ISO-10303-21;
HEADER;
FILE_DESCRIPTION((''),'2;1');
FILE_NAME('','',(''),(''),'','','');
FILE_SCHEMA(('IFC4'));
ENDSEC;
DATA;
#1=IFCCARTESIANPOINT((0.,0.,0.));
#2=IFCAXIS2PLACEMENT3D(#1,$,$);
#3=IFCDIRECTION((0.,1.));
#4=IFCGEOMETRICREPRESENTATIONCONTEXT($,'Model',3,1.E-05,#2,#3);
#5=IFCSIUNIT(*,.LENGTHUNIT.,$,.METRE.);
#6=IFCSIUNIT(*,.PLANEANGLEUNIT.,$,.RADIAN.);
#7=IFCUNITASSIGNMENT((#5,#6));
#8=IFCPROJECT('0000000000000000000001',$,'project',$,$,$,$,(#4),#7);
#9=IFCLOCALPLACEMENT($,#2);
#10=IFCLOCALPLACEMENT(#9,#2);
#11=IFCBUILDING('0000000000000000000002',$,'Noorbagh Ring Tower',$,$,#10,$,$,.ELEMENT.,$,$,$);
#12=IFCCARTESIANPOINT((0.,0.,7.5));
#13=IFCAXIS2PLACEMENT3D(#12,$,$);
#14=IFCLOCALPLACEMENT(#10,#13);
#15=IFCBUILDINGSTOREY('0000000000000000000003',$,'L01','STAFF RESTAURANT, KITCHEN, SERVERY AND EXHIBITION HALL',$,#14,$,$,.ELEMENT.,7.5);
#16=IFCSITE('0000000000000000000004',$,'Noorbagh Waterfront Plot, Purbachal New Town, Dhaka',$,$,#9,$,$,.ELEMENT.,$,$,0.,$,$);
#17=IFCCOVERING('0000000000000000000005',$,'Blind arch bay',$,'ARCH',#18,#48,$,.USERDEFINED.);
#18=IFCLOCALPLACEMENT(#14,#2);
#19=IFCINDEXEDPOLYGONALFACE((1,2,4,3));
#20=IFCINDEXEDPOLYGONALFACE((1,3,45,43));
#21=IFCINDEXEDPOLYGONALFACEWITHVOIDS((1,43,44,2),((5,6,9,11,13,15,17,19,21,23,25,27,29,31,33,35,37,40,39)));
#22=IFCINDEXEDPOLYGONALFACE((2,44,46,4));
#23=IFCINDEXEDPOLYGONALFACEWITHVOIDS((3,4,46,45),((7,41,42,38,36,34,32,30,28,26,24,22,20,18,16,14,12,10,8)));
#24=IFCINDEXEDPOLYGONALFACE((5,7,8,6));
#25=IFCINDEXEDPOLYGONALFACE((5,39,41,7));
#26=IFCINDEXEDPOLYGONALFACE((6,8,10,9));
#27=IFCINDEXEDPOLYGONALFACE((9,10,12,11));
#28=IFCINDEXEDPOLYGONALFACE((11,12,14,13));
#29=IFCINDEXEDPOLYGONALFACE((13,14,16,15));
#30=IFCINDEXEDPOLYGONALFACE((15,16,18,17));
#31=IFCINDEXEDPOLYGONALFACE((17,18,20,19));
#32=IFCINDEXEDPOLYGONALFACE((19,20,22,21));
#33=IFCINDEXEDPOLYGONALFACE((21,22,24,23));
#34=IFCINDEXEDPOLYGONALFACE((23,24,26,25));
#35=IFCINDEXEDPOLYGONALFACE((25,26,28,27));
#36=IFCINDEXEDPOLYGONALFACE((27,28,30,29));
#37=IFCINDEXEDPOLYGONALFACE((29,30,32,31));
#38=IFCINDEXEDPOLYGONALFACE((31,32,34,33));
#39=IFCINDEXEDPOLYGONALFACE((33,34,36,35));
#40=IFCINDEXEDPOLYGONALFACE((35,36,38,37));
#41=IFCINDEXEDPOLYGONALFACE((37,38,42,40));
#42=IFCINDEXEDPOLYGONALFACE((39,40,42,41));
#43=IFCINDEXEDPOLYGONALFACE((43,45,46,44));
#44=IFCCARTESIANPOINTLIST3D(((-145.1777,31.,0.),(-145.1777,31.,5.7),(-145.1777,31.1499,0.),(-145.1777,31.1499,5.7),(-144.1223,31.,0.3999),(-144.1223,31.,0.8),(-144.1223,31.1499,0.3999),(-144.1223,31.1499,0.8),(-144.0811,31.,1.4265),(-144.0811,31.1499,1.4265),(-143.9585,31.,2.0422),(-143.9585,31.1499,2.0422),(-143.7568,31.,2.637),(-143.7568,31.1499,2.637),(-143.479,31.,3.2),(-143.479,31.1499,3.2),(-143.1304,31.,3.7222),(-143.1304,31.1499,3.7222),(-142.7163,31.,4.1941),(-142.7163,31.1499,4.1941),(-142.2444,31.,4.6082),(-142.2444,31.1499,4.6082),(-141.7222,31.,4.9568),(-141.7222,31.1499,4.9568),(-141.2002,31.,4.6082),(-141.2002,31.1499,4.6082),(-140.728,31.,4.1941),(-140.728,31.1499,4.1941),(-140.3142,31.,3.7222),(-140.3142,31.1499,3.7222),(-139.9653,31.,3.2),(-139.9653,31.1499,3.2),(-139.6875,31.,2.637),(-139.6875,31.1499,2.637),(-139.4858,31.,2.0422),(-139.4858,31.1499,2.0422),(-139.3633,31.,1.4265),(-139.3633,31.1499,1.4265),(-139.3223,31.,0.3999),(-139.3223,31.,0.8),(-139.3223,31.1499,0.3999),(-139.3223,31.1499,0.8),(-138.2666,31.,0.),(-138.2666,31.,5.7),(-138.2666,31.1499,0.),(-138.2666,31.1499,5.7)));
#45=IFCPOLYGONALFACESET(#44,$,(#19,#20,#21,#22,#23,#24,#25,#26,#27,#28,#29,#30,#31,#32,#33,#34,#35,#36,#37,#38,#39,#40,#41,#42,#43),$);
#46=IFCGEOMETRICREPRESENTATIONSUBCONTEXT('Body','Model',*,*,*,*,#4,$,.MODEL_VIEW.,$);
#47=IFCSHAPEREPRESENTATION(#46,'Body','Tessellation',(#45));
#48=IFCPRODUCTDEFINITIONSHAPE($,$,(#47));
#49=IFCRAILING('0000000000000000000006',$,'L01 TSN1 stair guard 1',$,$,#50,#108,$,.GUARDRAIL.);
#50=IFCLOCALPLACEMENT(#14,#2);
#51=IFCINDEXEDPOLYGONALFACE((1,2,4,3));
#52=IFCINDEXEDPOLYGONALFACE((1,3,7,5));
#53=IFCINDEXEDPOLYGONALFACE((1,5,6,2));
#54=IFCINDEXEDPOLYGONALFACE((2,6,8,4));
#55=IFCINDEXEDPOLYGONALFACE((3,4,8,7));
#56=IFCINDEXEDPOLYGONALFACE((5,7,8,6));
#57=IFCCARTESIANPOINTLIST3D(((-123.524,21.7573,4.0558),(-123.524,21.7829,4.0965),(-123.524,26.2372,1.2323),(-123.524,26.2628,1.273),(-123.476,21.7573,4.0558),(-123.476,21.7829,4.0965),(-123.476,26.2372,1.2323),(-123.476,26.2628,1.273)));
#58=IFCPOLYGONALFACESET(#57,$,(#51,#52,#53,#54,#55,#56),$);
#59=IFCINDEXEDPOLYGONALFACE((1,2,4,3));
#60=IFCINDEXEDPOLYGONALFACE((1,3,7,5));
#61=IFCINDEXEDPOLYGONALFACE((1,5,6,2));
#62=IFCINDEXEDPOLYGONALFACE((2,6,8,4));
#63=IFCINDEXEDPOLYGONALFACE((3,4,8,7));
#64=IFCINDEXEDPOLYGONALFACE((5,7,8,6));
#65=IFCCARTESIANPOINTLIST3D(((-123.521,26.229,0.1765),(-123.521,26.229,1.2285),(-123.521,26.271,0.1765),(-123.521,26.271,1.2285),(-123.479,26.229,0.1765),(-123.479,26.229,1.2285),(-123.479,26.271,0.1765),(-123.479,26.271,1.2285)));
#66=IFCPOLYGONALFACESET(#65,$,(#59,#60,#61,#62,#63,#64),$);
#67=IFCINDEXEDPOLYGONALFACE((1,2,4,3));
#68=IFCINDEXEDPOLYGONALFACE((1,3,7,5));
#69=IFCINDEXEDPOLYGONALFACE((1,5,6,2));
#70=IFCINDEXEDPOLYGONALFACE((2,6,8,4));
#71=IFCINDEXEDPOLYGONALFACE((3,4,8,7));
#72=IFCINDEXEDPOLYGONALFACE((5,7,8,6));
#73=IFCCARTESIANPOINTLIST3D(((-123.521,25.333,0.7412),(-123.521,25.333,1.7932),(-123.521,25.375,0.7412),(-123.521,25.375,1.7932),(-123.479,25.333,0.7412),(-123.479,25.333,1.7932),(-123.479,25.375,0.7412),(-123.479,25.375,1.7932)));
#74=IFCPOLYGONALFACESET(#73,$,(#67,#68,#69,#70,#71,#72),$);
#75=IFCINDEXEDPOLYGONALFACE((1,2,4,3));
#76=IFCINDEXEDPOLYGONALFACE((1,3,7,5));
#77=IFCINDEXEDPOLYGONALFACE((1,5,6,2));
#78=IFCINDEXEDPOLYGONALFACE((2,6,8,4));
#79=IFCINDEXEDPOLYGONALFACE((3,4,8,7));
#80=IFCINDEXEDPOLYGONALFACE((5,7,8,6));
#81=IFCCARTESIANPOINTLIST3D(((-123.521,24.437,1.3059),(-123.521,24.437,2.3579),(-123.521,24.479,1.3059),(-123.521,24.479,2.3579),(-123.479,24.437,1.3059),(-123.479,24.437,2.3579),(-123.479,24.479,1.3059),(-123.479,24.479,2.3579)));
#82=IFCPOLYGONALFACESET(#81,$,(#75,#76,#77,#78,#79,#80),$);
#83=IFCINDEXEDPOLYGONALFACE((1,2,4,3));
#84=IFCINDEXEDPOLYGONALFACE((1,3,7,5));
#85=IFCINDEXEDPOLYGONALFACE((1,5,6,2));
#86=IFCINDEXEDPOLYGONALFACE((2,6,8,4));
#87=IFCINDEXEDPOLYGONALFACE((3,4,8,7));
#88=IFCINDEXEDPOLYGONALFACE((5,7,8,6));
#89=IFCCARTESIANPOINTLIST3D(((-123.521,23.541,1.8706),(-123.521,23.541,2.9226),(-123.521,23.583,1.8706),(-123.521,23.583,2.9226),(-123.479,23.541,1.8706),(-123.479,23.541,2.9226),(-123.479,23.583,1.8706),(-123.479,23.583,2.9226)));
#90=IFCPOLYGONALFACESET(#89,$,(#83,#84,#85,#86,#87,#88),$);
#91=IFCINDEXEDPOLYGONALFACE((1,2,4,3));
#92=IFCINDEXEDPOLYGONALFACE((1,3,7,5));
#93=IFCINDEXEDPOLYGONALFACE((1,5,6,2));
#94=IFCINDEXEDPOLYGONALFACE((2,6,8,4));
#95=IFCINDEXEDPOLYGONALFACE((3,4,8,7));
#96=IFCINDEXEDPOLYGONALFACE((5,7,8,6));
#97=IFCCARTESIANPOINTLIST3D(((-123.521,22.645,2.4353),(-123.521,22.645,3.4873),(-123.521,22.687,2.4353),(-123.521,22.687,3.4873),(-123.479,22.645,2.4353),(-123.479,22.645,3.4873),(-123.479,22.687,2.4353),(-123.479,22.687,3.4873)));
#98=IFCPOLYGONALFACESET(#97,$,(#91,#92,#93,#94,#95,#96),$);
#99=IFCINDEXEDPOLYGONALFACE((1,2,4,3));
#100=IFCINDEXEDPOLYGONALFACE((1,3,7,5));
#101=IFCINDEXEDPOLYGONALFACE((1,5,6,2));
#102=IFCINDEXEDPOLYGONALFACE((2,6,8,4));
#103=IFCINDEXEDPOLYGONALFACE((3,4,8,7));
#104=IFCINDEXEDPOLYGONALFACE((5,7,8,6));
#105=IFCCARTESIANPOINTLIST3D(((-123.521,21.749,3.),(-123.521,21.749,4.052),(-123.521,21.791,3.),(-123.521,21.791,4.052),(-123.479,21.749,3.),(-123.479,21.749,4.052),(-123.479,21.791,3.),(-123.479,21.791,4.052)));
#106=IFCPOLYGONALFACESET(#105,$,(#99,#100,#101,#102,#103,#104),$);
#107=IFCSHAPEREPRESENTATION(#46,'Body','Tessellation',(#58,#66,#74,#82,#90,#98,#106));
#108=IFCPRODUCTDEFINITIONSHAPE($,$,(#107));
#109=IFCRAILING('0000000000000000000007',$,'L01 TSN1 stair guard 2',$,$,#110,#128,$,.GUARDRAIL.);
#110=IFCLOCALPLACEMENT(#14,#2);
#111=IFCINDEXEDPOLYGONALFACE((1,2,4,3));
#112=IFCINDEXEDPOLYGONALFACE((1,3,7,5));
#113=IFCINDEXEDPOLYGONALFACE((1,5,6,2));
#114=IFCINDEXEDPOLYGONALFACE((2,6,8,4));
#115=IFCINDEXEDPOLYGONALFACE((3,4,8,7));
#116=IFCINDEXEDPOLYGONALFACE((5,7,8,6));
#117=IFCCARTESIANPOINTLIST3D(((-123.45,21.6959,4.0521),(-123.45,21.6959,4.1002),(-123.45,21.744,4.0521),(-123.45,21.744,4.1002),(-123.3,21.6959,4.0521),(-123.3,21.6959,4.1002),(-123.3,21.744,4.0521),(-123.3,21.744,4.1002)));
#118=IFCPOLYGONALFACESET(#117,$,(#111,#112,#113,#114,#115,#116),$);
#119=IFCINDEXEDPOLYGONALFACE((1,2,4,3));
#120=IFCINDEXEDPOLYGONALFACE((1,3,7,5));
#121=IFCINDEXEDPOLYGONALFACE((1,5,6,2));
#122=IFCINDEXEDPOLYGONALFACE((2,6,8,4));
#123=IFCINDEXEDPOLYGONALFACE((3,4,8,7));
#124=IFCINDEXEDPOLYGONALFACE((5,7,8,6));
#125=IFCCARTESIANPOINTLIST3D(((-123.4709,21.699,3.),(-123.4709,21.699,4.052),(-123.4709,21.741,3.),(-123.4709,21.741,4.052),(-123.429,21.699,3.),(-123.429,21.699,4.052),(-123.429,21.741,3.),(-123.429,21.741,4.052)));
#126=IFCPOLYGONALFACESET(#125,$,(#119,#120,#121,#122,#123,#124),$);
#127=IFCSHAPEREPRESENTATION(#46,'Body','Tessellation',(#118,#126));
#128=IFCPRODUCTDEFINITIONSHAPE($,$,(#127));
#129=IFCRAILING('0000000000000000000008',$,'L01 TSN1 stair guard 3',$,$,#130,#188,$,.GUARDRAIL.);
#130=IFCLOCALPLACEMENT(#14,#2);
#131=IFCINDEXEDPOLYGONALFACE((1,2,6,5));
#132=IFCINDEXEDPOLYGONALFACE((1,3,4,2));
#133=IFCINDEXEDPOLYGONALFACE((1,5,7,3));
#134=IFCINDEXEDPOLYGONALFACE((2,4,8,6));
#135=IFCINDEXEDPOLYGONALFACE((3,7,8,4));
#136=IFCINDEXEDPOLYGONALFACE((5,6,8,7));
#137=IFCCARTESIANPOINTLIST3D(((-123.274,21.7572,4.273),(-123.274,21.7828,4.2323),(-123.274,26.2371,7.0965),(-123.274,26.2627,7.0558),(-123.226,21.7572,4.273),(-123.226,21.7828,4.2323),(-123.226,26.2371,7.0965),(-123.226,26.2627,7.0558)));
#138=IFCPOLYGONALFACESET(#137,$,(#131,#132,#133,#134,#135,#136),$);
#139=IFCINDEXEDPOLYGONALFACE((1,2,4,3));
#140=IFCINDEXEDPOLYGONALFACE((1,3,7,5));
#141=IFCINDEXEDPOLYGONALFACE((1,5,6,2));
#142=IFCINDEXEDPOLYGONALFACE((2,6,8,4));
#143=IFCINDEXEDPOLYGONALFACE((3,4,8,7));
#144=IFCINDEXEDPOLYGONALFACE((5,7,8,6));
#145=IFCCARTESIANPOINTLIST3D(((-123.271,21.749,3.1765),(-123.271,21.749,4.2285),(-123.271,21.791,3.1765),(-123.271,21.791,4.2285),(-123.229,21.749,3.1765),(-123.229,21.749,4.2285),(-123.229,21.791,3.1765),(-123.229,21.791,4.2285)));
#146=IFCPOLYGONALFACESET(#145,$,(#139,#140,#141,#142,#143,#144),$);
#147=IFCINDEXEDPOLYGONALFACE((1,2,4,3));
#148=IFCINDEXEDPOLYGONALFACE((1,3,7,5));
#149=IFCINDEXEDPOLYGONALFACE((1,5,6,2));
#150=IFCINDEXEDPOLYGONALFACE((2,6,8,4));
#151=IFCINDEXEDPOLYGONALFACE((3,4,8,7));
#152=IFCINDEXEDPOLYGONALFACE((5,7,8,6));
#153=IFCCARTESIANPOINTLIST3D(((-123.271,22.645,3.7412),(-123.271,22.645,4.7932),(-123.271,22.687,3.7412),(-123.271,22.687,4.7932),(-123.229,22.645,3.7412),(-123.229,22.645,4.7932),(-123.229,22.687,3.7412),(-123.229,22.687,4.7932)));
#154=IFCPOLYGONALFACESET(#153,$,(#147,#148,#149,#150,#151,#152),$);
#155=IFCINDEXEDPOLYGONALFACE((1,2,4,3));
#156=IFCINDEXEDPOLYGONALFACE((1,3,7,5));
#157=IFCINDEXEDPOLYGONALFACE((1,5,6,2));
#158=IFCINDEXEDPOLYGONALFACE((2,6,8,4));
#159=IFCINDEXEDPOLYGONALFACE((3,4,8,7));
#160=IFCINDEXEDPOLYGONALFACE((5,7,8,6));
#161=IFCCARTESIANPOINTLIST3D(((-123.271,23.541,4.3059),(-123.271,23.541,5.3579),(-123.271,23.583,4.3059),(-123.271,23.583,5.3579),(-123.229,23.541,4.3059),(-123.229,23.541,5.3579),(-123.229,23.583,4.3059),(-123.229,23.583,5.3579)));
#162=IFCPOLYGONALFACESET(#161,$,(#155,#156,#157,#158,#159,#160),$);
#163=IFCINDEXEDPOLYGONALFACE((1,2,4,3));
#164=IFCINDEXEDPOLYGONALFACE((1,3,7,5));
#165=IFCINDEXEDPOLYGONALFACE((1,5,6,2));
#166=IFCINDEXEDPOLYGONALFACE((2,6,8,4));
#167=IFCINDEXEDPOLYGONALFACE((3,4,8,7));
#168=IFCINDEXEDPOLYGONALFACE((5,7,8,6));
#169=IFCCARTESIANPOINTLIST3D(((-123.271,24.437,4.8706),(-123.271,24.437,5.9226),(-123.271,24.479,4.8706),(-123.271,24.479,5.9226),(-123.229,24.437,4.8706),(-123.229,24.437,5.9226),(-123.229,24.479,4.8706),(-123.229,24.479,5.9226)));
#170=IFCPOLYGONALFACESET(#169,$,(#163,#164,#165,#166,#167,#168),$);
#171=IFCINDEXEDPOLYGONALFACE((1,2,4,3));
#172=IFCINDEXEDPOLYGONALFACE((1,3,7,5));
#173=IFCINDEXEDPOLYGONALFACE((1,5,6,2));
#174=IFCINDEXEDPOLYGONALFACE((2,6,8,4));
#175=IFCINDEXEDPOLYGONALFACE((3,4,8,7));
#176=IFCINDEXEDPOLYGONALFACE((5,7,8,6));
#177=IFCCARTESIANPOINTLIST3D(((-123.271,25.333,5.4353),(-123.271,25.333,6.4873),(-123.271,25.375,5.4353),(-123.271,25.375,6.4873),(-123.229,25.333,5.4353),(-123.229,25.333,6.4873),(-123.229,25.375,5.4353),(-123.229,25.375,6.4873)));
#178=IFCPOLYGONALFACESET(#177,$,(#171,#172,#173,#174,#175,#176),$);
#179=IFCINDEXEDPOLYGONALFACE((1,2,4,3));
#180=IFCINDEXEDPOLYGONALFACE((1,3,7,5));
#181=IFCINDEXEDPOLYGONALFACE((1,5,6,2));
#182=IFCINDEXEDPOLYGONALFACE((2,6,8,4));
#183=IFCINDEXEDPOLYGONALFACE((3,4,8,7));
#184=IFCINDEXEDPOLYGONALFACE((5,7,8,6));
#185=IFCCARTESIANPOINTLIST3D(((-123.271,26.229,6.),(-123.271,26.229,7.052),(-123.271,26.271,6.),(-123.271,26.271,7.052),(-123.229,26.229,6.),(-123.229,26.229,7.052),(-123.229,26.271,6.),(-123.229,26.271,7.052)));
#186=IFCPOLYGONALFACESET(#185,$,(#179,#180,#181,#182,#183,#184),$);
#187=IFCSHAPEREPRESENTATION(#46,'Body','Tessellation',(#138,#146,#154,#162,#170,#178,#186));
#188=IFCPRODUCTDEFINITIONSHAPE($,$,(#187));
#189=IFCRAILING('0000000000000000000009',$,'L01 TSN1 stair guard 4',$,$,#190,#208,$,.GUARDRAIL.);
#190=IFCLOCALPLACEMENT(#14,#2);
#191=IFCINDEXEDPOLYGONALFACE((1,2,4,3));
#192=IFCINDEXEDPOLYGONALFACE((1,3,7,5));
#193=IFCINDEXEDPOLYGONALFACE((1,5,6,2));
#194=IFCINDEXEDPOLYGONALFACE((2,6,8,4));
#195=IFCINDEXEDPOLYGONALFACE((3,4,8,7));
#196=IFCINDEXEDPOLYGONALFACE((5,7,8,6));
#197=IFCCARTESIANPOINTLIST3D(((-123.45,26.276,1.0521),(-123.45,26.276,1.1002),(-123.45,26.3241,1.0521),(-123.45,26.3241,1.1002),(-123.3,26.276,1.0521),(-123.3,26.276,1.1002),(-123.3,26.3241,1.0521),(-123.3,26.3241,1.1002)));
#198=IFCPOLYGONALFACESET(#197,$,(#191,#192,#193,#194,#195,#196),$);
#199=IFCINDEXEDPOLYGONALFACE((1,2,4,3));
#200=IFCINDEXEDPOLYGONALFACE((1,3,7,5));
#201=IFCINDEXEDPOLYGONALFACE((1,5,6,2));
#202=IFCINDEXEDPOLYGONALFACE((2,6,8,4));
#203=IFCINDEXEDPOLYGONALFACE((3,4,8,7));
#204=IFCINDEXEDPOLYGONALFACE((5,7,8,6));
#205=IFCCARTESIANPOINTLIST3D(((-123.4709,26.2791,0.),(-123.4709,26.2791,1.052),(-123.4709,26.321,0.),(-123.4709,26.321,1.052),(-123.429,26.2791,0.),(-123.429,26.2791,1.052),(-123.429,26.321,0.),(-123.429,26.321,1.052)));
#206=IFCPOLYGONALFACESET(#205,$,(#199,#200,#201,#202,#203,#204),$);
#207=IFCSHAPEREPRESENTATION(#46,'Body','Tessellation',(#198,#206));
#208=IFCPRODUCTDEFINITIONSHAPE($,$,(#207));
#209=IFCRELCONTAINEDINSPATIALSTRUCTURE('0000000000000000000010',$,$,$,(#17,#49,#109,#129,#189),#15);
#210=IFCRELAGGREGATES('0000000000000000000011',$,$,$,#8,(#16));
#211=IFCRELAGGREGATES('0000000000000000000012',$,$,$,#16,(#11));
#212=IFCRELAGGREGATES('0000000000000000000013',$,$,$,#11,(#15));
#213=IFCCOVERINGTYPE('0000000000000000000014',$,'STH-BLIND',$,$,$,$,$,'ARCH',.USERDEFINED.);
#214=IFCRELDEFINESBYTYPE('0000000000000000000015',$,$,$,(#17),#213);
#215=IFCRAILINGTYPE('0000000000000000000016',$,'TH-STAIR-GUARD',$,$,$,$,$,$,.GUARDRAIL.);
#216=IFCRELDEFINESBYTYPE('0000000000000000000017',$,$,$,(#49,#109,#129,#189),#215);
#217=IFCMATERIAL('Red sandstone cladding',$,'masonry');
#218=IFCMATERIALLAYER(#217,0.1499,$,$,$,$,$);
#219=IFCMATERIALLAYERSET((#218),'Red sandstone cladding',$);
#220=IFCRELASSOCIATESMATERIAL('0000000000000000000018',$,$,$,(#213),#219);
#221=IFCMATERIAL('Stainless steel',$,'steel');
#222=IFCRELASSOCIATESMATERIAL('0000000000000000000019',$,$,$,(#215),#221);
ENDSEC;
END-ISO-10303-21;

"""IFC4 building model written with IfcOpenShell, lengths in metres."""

from ifc_helpers import new_model, si_unit, direction, frame, origin, origin_2d, place, context, subcontext, project, spatial, polyline, rectangle, outline, extrude, material, layer, layer_set, type_object, element, save


model = new_model("IFC4")

# Units and contexts
model_context = context("Model", 3, precision=1e-05, world=origin(), true_north=direction((0.0, 1.0)))
body_context = subcontext(model_context, "Body", "Model", "MODEL_VIEW")
ifc_project = project(units=[si_unit("LENGTHUNIT", "METRE"), si_unit("PLANEANGLEUNIT", "RADIAN")], contexts=[model_context])

# Site, building, storey
site_placement = place(None, origin())
site = spatial("IfcSite", under=ifc_project, at=site_placement, Name="Noorbagh Waterfront Plot, Purbachal New Town, Dhaka", CompositionType="ELEMENT", RefElevation=0.0)
building_placement = place(site_placement, origin())
building = spatial("IfcBuilding", under=site, at=building_placement, Name="Noorbagh Ring Tower", CompositionType="ELEMENT")
storey_placement = place(building_placement, frame((0.0, 0.0, 7.5)))
storey = spatial("IfcBuildingStorey", under=building, at=storey_placement, Name="L01", Description="STAFF RESTAURANT, KITCHEN, SERVERY AND EXHIBITION HALL", CompositionType="ELEMENT", Elevation=7.5)

# Covering
ifc_material_1 = material(Name="Red sandstone cladding", Category="masonry")
ifc_layer_1 = layer(ifc_material_1, 0.1499)
ifc_layer_set_1 = layer_set([ifc_layer_1], Name="Red sandstone cladding")
covering_type = type_object("IfcCoveringType", Name="STH-BLIND", ElementType="ARCH", PredefinedType="USERDEFINED", material=ifc_layer_set_1)
for number, where, z_axis, x_axis, name in (
    (1, (-138.2666, 31.1499, 0.0), (0.0, 1.0, 0.0), (-1.0, 0.0, 0.0), "Blind arch bay"),
):
    element("IfcCovering", number, at=place(storey_placement, frame(where, z_axis=z_axis, x_axis=x_axis)), inside=storey, type_object=covering_type, Name=name, ObjectType="ARCH", PredefinedType="USERDEFINED", context=body_context, shape_type="SweptSolid", body=[
        extrude(outline(polyline([(0.0, 0.0), (6.9111, 0.0), (6.9111, 5.7), (0.0, 5.7), (0.0, 0.0)]), holes=[polyline([(1.0557, 0.3999), (1.0557, 0.8), (1.0967, 1.4265), (1.2192, 2.0422), (1.4209, 2.637), (1.6987, 3.2), (2.0476, 3.7222), (2.4614, 4.1941), (2.9336, 4.6082), (3.4556, 4.9568), (3.9778, 4.6082), (4.4497, 4.1941), (4.8638, 3.7222), (5.2124, 3.2), (5.4902, 2.637), (5.6919, 2.0422), (5.8145, 1.4265), (5.8557, 0.8), (5.8557, 0.3999), (1.0557, 0.3999)])]), origin(), (0.0, 0.0, -1.0), 0.1499),
    ])

# Railings
ifc_material_2 = material(Name="Stainless steel", Category="steel")
railing_type_1 = type_object("IfcRailingType", Name="TH-STAIR-GUARD", PredefinedType="GUARDRAIL", material=ifc_material_2)
railing_1_placement = place(storey_placement, frame((-123.5, 26.25, 0.1765)))
element("IfcRailing", 2, at=railing_1_placement, inside=storey, type_object=railing_type_1, Name="L01 TSN1 stair guard 1", PredefinedType="GUARDRAIL", context=body_context, shape_type="SweptSolid", body=[
    extrude(rectangle(XDim=0.0481, YDim=0.0481, at=origin_2d()), frame((0.0, 0.0, 1.0762), z_axis=(0.0, -0.845998, 0.533186), x_axis=(1.0, 0.0, 0.0)), (0.0, 0.0, 1.0), 5.2954),
    extrude(rectangle(XDim=0.042, YDim=0.042, at=origin_2d()), origin(), (0.0, 0.0, 1.0), 1.052),
    extrude(rectangle(XDim=0.042, YDim=0.042, at=origin_2d()), frame((0.0, -0.896, 0.5647)), (0.0, 0.0, 1.0), 1.052),
    extrude(rectangle(XDim=0.042, YDim=0.042, at=origin_2d()), frame((0.0, -1.792, 1.1294)), (0.0, 0.0, 1.0), 1.052),
    extrude(rectangle(XDim=0.042, YDim=0.042, at=origin_2d()), frame((0.0, -2.688, 1.6941)), (0.0, 0.0, 1.0), 1.052),
    extrude(rectangle(XDim=0.042, YDim=0.042, at=origin_2d()), frame((0.0, -3.584, 2.2588)), (0.0, 0.0, 1.0), 1.052),
    extrude(rectangle(XDim=0.042, YDim=0.042, at=origin_2d()), frame((0.0, -4.48, 2.8235)), (0.0, 0.0, 1.0), 1.052),
])
railing_2_placement = place(storey_placement, frame((-123.45, 21.72, 3.0)))
element("IfcRailing", 3, at=railing_2_placement, inside=storey, type_object=railing_type_1, Name="L01 TSN1 stair guard 2", PredefinedType="GUARDRAIL", context=body_context, shape_type="SweptSolid", body=[
    extrude(rectangle(XDim=0.0481, YDim=0.0481, at=origin_2d()), frame((0.0, 0.0, 1.0762), z_axis=(1.0, 0.0, 0.0), x_axis=(0.0, 1.0, 0.0)), (0.0, 0.0, 1.0), 0.1499),
    extrude(rectangle(XDim=0.042, YDim=0.042, at=origin_2d()), origin(), (0.0, 0.0, 1.0), 1.052),
])
railing_3_placement = place(storey_placement, frame((-123.25, 21.77, 3.1765)))
element("IfcRailing", 4, at=railing_3_placement, inside=storey, type_object=railing_type_1, Name="L01 TSN1 stair guard 3", PredefinedType="GUARDRAIL", context=body_context, shape_type="SweptSolid", body=[
    extrude(rectangle(XDim=0.0481, YDim=0.0481, at=origin_2d()), frame((0.0, 0.0, 1.0762), z_axis=(0.0, 0.845998, 0.533186), x_axis=(-1.0, 0.0, 0.0)), (0.0, 0.0, 1.0), 5.2954),
    extrude(rectangle(XDim=0.042, YDim=0.042, at=origin_2d()), origin(), (0.0, 0.0, 1.0), 1.052),
    extrude(rectangle(XDim=0.042, YDim=0.042, at=origin_2d()), frame((0.0, 0.896, 0.5647)), (0.0, 0.0, 1.0), 1.052),
    extrude(rectangle(XDim=0.042, YDim=0.042, at=origin_2d()), frame((0.0, 1.792, 1.1294)), (0.0, 0.0, 1.0), 1.052),
    extrude(rectangle(XDim=0.042, YDim=0.042, at=origin_2d()), frame((0.0, 2.688, 1.6941)), (0.0, 0.0, 1.0), 1.052),
    extrude(rectangle(XDim=0.042, YDim=0.042, at=origin_2d()), frame((0.0, 3.584, 2.2588)), (0.0, 0.0, 1.0), 1.052),
    extrude(rectangle(XDim=0.042, YDim=0.042, at=origin_2d()), frame((0.0, 4.48, 2.8235)), (0.0, 0.0, 1.0), 1.052),
])
railing_4_placement = place(storey_placement, frame((-123.45, 26.3, 0.0)))
element("IfcRailing", 5, at=railing_4_placement, inside=storey, type_object=railing_type_1, Name="L01 TSN1 stair guard 4", PredefinedType="GUARDRAIL", context=body_context, shape_type="SweptSolid", body=[
    extrude(rectangle(XDim=0.0481, YDim=0.0481, at=origin_2d()), frame((0.0, 0.0, 1.0762), z_axis=(1.0, 0.0, 0.0), x_axis=(0.0, 1.0, 0.0)), (0.0, 0.0, 1.0), 0.1499),
    extrude(rectangle(XDim=0.042, YDim=0.042, at=origin_2d()), origin(), (0.0, 0.0, 1.0), 1.052),
])

save(model, "model.ifc")
